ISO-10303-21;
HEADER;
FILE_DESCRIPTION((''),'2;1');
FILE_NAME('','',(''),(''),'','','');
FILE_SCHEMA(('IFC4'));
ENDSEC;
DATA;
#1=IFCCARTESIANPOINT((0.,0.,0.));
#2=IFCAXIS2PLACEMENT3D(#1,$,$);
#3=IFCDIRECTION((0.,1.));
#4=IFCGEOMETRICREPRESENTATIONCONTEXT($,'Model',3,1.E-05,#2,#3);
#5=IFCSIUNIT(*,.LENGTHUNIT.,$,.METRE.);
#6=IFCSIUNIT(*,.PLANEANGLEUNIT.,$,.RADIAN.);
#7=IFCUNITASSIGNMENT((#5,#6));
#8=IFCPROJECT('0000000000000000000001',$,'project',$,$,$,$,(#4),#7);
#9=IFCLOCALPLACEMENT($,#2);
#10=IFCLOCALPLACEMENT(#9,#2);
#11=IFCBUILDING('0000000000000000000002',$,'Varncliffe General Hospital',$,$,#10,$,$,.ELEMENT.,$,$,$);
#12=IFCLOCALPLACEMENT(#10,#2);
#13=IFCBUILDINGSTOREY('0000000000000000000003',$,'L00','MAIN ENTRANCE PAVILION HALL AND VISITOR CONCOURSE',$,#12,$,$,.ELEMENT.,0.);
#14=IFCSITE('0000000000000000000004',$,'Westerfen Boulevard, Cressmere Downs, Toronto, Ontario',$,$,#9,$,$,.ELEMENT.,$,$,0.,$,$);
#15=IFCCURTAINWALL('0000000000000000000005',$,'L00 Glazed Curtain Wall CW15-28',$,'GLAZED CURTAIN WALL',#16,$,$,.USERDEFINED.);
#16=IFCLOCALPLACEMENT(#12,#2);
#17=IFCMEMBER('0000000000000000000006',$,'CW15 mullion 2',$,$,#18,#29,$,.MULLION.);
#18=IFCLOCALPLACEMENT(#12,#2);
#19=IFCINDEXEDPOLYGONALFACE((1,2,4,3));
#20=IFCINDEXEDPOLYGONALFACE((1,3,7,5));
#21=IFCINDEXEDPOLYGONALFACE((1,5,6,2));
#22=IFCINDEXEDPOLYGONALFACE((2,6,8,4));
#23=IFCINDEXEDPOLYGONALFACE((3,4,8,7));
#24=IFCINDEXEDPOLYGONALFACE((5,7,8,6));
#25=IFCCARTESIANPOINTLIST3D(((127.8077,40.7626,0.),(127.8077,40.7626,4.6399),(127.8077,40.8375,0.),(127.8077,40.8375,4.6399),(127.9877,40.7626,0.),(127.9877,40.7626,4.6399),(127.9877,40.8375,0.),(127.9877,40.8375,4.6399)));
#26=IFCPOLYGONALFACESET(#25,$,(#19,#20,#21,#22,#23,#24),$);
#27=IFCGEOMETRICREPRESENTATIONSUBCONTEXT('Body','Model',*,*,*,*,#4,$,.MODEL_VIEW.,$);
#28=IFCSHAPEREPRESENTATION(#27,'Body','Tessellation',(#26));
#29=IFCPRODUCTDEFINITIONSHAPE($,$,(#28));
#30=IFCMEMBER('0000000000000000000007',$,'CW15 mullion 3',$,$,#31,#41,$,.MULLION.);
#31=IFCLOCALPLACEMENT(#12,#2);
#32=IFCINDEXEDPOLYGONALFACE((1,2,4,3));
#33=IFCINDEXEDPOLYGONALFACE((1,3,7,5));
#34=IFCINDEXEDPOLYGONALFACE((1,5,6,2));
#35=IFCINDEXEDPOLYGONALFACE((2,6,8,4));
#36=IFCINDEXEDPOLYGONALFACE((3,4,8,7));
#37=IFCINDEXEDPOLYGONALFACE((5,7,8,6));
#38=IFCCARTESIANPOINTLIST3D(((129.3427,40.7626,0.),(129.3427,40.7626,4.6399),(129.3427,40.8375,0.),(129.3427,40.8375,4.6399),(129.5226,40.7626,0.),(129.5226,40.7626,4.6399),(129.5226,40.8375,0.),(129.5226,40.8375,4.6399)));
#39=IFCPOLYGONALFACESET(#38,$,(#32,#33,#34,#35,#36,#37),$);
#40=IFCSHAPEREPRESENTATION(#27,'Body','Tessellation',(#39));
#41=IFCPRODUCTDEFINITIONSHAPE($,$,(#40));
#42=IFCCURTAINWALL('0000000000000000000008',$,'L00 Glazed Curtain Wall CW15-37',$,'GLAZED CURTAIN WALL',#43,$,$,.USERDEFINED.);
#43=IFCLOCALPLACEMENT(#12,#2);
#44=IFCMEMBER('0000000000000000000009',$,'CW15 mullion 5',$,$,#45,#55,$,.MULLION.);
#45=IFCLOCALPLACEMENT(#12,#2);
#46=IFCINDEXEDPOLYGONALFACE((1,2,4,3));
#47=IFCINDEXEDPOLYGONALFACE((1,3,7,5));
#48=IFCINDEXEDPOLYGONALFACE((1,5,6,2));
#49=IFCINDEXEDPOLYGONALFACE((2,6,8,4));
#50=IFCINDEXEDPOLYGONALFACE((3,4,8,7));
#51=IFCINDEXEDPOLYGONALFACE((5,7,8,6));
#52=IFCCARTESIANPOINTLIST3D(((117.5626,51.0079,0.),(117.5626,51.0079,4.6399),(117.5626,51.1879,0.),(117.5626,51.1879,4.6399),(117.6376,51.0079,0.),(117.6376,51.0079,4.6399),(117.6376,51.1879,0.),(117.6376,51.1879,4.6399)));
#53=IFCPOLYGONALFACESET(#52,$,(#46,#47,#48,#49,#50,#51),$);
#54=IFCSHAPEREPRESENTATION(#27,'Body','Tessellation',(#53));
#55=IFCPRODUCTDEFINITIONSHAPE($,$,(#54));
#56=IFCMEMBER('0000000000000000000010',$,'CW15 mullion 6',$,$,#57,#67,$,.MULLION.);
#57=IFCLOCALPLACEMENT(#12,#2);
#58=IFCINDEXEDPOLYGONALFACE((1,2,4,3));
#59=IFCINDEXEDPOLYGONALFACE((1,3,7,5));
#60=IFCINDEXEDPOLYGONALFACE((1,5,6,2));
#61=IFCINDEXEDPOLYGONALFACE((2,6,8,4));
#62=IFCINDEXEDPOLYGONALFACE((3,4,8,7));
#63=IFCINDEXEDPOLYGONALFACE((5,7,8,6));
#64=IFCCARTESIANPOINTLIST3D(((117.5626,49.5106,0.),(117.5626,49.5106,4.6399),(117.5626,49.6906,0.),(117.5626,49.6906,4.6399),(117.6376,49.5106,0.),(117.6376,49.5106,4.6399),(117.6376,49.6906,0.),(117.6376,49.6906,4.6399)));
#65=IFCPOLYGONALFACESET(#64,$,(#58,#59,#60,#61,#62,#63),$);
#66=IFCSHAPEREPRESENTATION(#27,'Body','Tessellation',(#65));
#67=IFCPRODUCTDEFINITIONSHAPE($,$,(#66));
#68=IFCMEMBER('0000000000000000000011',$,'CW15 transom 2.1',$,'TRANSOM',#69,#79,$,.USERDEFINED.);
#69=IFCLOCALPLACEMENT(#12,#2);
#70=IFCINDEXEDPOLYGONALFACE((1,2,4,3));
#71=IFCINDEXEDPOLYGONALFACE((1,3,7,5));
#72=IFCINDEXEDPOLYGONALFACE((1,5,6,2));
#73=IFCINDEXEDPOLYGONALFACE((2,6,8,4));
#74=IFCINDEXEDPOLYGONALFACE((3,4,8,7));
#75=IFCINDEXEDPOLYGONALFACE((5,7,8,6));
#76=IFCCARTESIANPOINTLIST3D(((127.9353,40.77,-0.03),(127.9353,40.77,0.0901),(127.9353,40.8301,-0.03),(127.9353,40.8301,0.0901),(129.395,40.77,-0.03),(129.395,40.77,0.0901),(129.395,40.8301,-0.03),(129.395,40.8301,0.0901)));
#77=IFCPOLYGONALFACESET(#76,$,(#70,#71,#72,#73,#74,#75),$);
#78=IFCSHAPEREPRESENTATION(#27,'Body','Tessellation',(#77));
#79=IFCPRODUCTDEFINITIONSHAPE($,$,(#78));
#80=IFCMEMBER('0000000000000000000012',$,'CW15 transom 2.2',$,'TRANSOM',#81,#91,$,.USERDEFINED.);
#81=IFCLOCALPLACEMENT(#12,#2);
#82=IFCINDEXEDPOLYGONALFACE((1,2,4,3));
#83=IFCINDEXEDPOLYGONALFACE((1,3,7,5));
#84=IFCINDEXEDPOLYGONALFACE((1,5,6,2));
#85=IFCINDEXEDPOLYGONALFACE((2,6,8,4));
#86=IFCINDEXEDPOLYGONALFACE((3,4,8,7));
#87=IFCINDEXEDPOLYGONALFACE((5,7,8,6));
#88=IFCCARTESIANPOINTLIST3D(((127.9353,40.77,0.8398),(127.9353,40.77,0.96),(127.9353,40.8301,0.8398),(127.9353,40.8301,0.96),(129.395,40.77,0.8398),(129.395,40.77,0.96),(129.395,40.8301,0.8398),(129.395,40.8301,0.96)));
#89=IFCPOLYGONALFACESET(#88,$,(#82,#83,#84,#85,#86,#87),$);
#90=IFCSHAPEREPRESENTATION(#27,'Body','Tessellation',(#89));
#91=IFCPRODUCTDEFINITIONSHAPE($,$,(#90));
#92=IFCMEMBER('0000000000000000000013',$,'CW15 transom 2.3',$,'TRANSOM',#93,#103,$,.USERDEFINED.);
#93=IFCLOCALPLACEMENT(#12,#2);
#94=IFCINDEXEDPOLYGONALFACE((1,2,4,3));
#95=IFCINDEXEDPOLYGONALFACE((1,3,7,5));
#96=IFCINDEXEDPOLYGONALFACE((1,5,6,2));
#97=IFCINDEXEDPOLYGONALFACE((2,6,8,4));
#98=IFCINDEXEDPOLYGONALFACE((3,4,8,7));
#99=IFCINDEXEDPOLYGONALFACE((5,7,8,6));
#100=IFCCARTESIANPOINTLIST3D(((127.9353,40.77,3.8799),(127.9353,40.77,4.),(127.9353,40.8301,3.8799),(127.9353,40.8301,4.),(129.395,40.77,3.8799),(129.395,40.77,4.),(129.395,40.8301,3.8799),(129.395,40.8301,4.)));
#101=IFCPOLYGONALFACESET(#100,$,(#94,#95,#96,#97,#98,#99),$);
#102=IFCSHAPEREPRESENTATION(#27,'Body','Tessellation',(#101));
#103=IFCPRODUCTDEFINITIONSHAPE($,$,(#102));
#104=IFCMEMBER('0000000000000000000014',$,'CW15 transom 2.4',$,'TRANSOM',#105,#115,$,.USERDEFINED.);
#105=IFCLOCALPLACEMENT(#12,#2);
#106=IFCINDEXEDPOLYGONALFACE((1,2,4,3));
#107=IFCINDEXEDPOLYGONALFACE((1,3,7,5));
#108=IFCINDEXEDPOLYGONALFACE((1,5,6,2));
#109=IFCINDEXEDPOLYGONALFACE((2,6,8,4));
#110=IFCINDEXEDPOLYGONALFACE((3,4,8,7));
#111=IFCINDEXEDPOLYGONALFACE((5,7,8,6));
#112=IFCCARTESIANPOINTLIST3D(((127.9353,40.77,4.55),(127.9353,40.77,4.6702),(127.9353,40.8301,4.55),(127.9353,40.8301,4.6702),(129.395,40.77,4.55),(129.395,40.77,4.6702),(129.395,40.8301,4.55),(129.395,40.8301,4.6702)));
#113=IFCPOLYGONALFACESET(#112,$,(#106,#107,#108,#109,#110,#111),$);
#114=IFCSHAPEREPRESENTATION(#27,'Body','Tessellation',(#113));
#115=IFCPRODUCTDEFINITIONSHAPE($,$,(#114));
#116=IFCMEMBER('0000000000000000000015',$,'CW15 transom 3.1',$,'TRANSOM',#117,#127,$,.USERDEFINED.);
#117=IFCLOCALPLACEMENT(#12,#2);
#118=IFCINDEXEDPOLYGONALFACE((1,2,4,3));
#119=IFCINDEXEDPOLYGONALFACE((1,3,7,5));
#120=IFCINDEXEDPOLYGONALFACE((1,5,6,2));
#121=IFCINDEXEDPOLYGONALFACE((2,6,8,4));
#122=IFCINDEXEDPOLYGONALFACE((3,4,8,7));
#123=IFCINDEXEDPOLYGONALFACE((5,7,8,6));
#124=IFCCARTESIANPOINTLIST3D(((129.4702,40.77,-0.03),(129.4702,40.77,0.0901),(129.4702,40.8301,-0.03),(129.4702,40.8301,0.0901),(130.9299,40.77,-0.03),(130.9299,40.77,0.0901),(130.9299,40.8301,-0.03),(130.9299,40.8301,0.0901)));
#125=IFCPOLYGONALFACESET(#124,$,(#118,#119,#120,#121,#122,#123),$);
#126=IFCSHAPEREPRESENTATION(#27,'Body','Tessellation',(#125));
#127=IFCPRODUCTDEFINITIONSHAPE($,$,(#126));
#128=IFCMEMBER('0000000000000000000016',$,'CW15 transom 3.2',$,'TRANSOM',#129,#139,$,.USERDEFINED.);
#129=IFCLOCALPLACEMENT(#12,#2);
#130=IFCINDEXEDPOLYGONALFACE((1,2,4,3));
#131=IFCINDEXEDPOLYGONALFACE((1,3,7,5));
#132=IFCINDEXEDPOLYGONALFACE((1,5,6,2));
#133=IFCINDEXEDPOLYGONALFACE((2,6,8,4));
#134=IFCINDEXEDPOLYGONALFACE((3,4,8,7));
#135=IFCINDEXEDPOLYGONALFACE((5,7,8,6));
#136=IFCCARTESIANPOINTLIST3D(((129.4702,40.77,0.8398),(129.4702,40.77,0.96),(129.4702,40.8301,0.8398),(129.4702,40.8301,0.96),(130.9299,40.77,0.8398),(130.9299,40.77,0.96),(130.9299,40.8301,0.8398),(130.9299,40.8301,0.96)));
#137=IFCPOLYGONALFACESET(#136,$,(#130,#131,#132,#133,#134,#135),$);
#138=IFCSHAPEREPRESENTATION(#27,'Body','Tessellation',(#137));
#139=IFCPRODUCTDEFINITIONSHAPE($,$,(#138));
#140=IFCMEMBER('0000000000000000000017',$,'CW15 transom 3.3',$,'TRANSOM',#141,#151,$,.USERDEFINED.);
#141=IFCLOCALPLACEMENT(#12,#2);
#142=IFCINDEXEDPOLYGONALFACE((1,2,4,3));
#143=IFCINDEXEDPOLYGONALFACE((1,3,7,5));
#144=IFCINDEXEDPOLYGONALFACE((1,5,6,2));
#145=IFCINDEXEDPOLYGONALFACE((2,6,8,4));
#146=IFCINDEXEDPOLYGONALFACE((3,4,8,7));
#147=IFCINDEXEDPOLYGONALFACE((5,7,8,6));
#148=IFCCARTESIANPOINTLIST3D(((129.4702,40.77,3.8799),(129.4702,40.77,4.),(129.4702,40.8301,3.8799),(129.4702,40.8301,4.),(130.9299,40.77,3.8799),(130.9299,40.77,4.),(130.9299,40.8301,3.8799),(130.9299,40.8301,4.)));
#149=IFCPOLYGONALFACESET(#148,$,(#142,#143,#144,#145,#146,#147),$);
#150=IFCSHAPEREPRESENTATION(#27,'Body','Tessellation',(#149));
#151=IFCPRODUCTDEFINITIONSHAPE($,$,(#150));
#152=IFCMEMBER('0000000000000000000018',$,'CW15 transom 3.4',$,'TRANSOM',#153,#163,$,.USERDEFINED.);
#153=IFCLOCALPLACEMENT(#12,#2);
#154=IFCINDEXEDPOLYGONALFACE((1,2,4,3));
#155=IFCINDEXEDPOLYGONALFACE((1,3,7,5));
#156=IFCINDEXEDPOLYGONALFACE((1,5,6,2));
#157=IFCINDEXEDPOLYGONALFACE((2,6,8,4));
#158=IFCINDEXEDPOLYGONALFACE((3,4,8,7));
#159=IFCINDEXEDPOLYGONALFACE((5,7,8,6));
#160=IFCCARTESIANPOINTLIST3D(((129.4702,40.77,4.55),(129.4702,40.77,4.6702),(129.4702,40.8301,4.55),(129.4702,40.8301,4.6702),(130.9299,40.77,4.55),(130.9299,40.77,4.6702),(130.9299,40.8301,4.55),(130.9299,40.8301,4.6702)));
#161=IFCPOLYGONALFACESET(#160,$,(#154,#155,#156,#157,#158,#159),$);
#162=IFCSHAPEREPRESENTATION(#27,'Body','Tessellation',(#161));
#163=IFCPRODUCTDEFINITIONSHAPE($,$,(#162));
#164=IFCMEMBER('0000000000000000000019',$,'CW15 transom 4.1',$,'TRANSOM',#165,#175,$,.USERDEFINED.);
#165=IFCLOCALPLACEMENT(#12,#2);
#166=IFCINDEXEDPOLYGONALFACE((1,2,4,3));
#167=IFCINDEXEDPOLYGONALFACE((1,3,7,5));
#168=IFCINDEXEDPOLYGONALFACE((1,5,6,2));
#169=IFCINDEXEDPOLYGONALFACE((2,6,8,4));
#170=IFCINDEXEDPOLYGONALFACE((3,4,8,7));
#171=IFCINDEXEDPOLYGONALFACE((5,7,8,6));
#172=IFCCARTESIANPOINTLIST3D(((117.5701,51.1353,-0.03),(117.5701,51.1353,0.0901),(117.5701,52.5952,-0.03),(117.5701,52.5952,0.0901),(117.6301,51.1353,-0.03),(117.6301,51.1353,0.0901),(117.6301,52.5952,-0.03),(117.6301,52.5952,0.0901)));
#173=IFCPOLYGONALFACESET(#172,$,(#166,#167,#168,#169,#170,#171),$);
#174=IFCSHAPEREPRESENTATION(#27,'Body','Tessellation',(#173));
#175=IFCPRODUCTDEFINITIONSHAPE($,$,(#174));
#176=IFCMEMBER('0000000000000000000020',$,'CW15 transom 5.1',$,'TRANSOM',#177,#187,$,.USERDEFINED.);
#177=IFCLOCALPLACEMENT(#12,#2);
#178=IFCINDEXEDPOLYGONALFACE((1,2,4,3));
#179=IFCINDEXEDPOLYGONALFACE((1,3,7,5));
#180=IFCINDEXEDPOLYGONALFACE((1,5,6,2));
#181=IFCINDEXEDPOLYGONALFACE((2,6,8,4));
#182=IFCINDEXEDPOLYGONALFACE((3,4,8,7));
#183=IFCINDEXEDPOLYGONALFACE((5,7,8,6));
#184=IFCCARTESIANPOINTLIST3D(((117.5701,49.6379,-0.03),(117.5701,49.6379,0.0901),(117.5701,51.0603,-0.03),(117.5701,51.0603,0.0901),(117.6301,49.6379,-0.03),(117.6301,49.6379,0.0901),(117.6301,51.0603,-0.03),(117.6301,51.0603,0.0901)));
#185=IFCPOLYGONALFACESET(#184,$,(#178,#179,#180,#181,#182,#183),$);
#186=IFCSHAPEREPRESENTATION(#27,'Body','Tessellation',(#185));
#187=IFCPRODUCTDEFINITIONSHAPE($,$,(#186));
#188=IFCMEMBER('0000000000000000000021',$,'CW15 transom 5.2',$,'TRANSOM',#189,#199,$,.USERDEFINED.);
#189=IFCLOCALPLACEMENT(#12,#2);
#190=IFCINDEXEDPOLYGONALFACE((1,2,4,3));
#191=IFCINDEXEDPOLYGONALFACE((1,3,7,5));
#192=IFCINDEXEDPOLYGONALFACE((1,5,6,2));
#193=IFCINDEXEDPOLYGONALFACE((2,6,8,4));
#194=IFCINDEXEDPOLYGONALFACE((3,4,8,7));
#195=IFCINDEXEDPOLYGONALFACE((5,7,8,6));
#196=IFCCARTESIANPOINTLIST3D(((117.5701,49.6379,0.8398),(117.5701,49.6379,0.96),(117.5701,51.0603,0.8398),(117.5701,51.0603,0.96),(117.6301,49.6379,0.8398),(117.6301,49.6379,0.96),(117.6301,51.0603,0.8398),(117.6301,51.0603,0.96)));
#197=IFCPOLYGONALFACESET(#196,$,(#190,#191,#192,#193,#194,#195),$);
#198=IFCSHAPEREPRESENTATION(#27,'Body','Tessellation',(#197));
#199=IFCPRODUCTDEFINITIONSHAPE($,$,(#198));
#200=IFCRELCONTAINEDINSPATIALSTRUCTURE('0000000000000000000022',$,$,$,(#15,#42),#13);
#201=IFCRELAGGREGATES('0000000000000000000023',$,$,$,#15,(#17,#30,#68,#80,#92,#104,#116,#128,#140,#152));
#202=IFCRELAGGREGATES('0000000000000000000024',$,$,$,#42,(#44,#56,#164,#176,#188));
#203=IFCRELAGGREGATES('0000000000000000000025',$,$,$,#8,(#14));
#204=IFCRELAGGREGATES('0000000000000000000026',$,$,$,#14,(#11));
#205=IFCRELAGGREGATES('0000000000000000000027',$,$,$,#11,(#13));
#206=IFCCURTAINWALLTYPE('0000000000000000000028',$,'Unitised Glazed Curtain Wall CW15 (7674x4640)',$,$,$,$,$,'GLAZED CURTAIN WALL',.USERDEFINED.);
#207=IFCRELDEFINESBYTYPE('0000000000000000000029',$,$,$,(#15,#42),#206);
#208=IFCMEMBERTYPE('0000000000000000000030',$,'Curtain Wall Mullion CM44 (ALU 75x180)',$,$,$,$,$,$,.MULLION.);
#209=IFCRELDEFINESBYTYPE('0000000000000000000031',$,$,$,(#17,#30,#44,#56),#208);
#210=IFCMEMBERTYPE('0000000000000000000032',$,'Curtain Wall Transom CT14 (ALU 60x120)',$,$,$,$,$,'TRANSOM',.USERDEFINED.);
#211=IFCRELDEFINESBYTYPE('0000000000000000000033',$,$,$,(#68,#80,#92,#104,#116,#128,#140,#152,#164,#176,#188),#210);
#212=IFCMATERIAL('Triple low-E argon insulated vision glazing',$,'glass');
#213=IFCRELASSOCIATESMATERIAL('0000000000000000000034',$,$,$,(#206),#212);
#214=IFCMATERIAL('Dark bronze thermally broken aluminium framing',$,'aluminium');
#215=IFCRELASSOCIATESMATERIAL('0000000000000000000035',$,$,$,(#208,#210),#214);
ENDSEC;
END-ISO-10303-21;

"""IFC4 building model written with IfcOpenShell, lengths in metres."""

from ifc_helpers import new_model, si_unit, direction, frame, origin, origin_2d, place, context, subcontext, project, spatial, rectangle, extrude, material, material_profile, profile_set, type_object, element, aggregate, save


model = new_model("IFC4")

# Units and contexts
model_context = context("Model", 3, precision=1e-05, world=origin(), true_north=direction((0.0, 1.0)))
body_context = subcontext(model_context, "Body", "Model", "MODEL_VIEW")
ifc_project = project(units=[si_unit("LENGTHUNIT", "METRE"), si_unit("PLANEANGLEUNIT", "RADIAN")], contexts=[model_context])

# Site, building, storey
site_placement = place(None, origin())
site = spatial("IfcSite", under=ifc_project, at=site_placement, Name="Westerfen Boulevard, Cressmere Downs, Toronto, Ontario", CompositionType="ELEMENT", RefElevation=0.0)
building_placement = place(site_placement, origin())
building = spatial("IfcBuilding", under=site, at=building_placement, Name="Varncliffe General Hospital", CompositionType="ELEMENT")
storey_placement = place(building_placement, origin())
storey = spatial("IfcBuildingStorey", under=building, at=storey_placement, Name="L00", Description="MAIN ENTRANCE PAVILION HALL AND VISITOR CONCOURSE", CompositionType="ELEMENT", Elevation=0.0)

# Curtain walls, members
ifc_material_1 = material(Name="Triple low-E argon insulated vision glazing", Category="glass")
curtain_wall_type = type_object("IfcCurtainWallType", Name="Unitised Glazed Curtain Wall CW15 (7674x4640)", ElementType="GLAZED CURTAIN WALL", PredefinedType="USERDEFINED", material=ifc_material_1)
curtain_wall_1_placement = place(storey_placement, origin())
curtain_wall_1 = element("IfcCurtainWall", 1, at=curtain_wall_1_placement, inside=storey, type_object=curtain_wall_type, Name="L00 Glazed Curtain Wall CW15-28", ObjectType="GLAZED CURTAIN WALL", PredefinedType="USERDEFINED")
ifc_material_2 = material(Name="Dark bronze thermally broken aluminium framing", Category="aluminium")
ifc_material_profile_1 = material_profile(ifc_material_2, rectangle(XDim=0.075, YDim=0.1799, at=origin_2d()), Name="ALU 75x180")
ifc_profile_set_1 = profile_set([ifc_material_profile_1], Name="Dark bronze thermally broken aluminium framing")
member_type_1 = type_object("IfcMemberType", Name="Curtain Wall Mullion CM44 (ALU 75x180)", PredefinedType="MULLION", material=ifc_profile_set_1)
member_1_placement = place(storey_placement, frame((127.8977, 40.8, 0.0), z_axis=(0.0, 0.0, 1.0), x_axis=(0.0, 1.0, 0.0)))
member_1 = element("IfcMember", 2, at=member_1_placement, type_object=member_type_1, Name="CW15 mullion 2", PredefinedType="MULLION", context=body_context, shape_type="SweptSolid", body=[
    extrude(rectangle(XDim=0.075, YDim=0.1799, at=origin_2d()), origin(), (0.0, 0.0, 1.0), 4.6399),
])
member_2_placement = place(storey_placement, frame((129.4326, 40.8, 0.0), z_axis=(0.0, 0.0, 1.0), x_axis=(0.0, 1.0, 0.0)))
member_2 = element("IfcMember", 3, at=member_2_placement, type_object=member_type_1, Name="CW15 mullion 3", PredefinedType="MULLION", context=body_context, shape_type="SweptSolid", body=[
    extrude(rectangle(XDim=0.075, YDim=0.1799, at=origin_2d()), origin(), (0.0, 0.0, 1.0), 4.6399),
])
curtain_wall_2_placement = place(storey_placement, origin())
curtain_wall_2 = element("IfcCurtainWall", 4, at=curtain_wall_2_placement, inside=storey, type_object=curtain_wall_type, Name="L00 Glazed Curtain Wall CW15-37", ObjectType="GLAZED CURTAIN WALL", PredefinedType="USERDEFINED")
member_3_placement = place(storey_placement, frame((117.6001, 51.0979, 0.0), z_axis=(0.0, 0.0, 1.0), x_axis=(1.0, 0.0, 0.0)))
member_3 = element("IfcMember", 5, at=member_3_placement, type_object=member_type_1, Name="CW15 mullion 5", PredefinedType="MULLION", context=body_context, shape_type="SweptSolid", body=[
    extrude(rectangle(XDim=0.075, YDim=0.1799, at=origin_2d()), origin(), (0.0, 0.0, 1.0), 4.6399),
])
member_4_placement = place(storey_placement, frame((117.6001, 49.6006, 0.0), z_axis=(0.0, 0.0, 1.0), x_axis=(1.0, 0.0, 0.0)))
member_4 = element("IfcMember", 6, at=member_4_placement, type_object=member_type_1, Name="CW15 mullion 6", PredefinedType="MULLION", context=body_context, shape_type="SweptSolid", body=[
    extrude(rectangle(XDim=0.075, YDim=0.1799, at=origin_2d()), origin(), (0.0, 0.0, 1.0), 4.6399),
])

# Members
ifc_material_profile_2 = material_profile(ifc_material_2, rectangle(XDim=0.0601, YDim=0.1201, at=origin_2d()), Name="ALU 60x120")
ifc_profile_set_2 = profile_set([ifc_material_profile_2], Name="Dark bronze thermally broken aluminium framing")
member_type_2 = type_object("IfcMemberType", Name="Curtain Wall Transom CT14 (ALU 60x120)", ElementType="TRANSOM", PredefinedType="USERDEFINED", material=ifc_profile_set_2)
member_5_placement = place(storey_placement, frame((127.9353, 40.8, 0.03), z_axis=(1.0, 0.0, 0.0), x_axis=(0.0, 1.0, 0.0)))
member_5 = element("IfcMember", 7, at=member_5_placement, type_object=member_type_2, Name="CW15 transom 2.1", ObjectType="TRANSOM", PredefinedType="USERDEFINED", context=body_context, shape_type="SweptSolid", body=[
    extrude(rectangle(XDim=0.0601, YDim=0.1201, at=origin_2d()), origin(), (0.0, 0.0, 1.0), 1.4597),
])
member_6_placement = place(storey_placement, frame((127.9353, 40.8, 0.8999), z_axis=(1.0, 0.0, 0.0), x_axis=(0.0, 1.0, 0.0)))
member_6 = element("IfcMember", 8, at=member_6_placement, type_object=member_type_2, Name="CW15 transom 2.2", ObjectType="TRANSOM", PredefinedType="USERDEFINED", context=body_context, shape_type="SweptSolid", body=[
    extrude(rectangle(XDim=0.0601, YDim=0.1201, at=origin_2d()), origin(), (0.0, 0.0, 1.0), 1.4597),
])
member_7_placement = place(storey_placement, frame((127.9353, 40.8, 3.9399), z_axis=(1.0, 0.0, 0.0), x_axis=(0.0, 1.0, 0.0)))
member_7 = element("IfcMember", 9, at=member_7_placement, type_object=member_type_2, Name="CW15 transom 2.3", ObjectType="TRANSOM", PredefinedType="USERDEFINED", context=body_context, shape_type="SweptSolid", body=[
    extrude(rectangle(XDim=0.0601, YDim=0.1201, at=origin_2d()), origin(), (0.0, 0.0, 1.0), 1.4597),
])
member_8_placement = place(storey_placement, frame((127.9353, 40.8, 4.6101), z_axis=(1.0, 0.0, 0.0), x_axis=(0.0, 1.0, 0.0)))
member_8 = element("IfcMember", 10, at=member_8_placement, type_object=member_type_2, Name="CW15 transom 2.4", ObjectType="TRANSOM", PredefinedType="USERDEFINED", context=body_context, shape_type="SweptSolid", body=[
    extrude(rectangle(XDim=0.0601, YDim=0.1201, at=origin_2d()), origin(), (0.0, 0.0, 1.0), 1.4597),
])
member_9_placement = place(storey_placement, frame((129.4702, 40.8, 0.03), z_axis=(1.0, 0.0, 0.0), x_axis=(0.0, 1.0, 0.0)))
member_9 = element("IfcMember", 11, at=member_9_placement, type_object=member_type_2, Name="CW15 transom 3.1", ObjectType="TRANSOM", PredefinedType="USERDEFINED", context=body_context, shape_type="SweptSolid", body=[
    extrude(rectangle(XDim=0.0601, YDim=0.1201, at=origin_2d()), origin(), (0.0, 0.0, 1.0), 1.4597),
])
member_10_placement = place(storey_placement, frame((129.4702, 40.8, 0.8999), z_axis=(1.0, 0.0, 0.0), x_axis=(0.0, 1.0, 0.0)))
member_10 = element("IfcMember", 12, at=member_10_placement, type_object=member_type_2, Name="CW15 transom 3.2", ObjectType="TRANSOM", PredefinedType="USERDEFINED", context=body_context, shape_type="SweptSolid", body=[
    extrude(rectangle(XDim=0.0601, YDim=0.1201, at=origin_2d()), origin(), (0.0, 0.0, 1.0), 1.4597),
])
member_11_placement = place(storey_placement, frame((129.4702, 40.8, 3.9399), z_axis=(1.0, 0.0, 0.0), x_axis=(0.0, 1.0, 0.0)))
member_11 = element("IfcMember", 13, at=member_11_placement, type_object=member_type_2, Name="CW15 transom 3.3", ObjectType="TRANSOM", PredefinedType="USERDEFINED", context=body_context, shape_type="SweptSolid", body=[
    extrude(rectangle(XDim=0.0601, YDim=0.1201, at=origin_2d()), origin(), (0.0, 0.0, 1.0), 1.4597),
])
member_12_placement = place(storey_placement, frame((129.4702, 40.8, 4.6101), z_axis=(1.0, 0.0, 0.0), x_axis=(0.0, 1.0, 0.0)))
member_12 = element("IfcMember", 14, at=member_12_placement, type_object=member_type_2, Name="CW15 transom 3.4", ObjectType="TRANSOM", PredefinedType="USERDEFINED", context=body_context, shape_type="SweptSolid", body=[
    extrude(rectangle(XDim=0.0601, YDim=0.1201, at=origin_2d()), origin(), (0.0, 0.0, 1.0), 1.4597),
])
member_13_placement = place(storey_placement, frame((117.6001, 52.5952, 0.03), z_axis=(0.0, -1.0, 0.0), x_axis=(1.0, 0.0, 0.0)))
member_13 = element("IfcMember", 15, at=member_13_placement, type_object=member_type_2, Name="CW15 transom 4.1", ObjectType="TRANSOM", PredefinedType="USERDEFINED", context=body_context, shape_type="SweptSolid", body=[
    extrude(rectangle(XDim=0.0601, YDim=0.1201, at=origin_2d()), origin(), (0.0, 0.0, 1.0), 1.46),
])
member_14_placement = place(storey_placement, frame((117.6001, 51.0603, 0.03), z_axis=(0.0, -1.0, 0.0), x_axis=(1.0, 0.0, 0.0)))
member_14 = element("IfcMember", 16, at=member_14_placement, type_object=member_type_2, Name="CW15 transom 5.1", ObjectType="TRANSOM", PredefinedType="USERDEFINED", context=body_context, shape_type="SweptSolid", body=[
    extrude(rectangle(XDim=0.0601, YDim=0.1201, at=origin_2d()), origin(), (0.0, 0.0, 1.0), 1.4224),
])
member_15_placement = place(storey_placement, frame((117.6001, 51.0603, 0.8999), z_axis=(0.0, -1.0, 0.0), x_axis=(1.0, 0.0, 0.0)))
member_15 = element("IfcMember", 17, at=member_15_placement, type_object=member_type_2, Name="CW15 transom 5.2", ObjectType="TRANSOM", PredefinedType="USERDEFINED", context=body_context, shape_type="SweptSolid", body=[
    extrude(rectangle(XDim=0.0601, YDim=0.1201, at=origin_2d()), origin(), (0.0, 0.0, 1.0), 1.4224),
])

aggregate(curtain_wall_1, [member_1, member_2, member_5, member_6, member_7, member_8, member_9, member_10, member_11, member_12])
aggregate(curtain_wall_2, [member_3, member_4, member_13, member_14, member_15])

save(model, "model.ifc")
